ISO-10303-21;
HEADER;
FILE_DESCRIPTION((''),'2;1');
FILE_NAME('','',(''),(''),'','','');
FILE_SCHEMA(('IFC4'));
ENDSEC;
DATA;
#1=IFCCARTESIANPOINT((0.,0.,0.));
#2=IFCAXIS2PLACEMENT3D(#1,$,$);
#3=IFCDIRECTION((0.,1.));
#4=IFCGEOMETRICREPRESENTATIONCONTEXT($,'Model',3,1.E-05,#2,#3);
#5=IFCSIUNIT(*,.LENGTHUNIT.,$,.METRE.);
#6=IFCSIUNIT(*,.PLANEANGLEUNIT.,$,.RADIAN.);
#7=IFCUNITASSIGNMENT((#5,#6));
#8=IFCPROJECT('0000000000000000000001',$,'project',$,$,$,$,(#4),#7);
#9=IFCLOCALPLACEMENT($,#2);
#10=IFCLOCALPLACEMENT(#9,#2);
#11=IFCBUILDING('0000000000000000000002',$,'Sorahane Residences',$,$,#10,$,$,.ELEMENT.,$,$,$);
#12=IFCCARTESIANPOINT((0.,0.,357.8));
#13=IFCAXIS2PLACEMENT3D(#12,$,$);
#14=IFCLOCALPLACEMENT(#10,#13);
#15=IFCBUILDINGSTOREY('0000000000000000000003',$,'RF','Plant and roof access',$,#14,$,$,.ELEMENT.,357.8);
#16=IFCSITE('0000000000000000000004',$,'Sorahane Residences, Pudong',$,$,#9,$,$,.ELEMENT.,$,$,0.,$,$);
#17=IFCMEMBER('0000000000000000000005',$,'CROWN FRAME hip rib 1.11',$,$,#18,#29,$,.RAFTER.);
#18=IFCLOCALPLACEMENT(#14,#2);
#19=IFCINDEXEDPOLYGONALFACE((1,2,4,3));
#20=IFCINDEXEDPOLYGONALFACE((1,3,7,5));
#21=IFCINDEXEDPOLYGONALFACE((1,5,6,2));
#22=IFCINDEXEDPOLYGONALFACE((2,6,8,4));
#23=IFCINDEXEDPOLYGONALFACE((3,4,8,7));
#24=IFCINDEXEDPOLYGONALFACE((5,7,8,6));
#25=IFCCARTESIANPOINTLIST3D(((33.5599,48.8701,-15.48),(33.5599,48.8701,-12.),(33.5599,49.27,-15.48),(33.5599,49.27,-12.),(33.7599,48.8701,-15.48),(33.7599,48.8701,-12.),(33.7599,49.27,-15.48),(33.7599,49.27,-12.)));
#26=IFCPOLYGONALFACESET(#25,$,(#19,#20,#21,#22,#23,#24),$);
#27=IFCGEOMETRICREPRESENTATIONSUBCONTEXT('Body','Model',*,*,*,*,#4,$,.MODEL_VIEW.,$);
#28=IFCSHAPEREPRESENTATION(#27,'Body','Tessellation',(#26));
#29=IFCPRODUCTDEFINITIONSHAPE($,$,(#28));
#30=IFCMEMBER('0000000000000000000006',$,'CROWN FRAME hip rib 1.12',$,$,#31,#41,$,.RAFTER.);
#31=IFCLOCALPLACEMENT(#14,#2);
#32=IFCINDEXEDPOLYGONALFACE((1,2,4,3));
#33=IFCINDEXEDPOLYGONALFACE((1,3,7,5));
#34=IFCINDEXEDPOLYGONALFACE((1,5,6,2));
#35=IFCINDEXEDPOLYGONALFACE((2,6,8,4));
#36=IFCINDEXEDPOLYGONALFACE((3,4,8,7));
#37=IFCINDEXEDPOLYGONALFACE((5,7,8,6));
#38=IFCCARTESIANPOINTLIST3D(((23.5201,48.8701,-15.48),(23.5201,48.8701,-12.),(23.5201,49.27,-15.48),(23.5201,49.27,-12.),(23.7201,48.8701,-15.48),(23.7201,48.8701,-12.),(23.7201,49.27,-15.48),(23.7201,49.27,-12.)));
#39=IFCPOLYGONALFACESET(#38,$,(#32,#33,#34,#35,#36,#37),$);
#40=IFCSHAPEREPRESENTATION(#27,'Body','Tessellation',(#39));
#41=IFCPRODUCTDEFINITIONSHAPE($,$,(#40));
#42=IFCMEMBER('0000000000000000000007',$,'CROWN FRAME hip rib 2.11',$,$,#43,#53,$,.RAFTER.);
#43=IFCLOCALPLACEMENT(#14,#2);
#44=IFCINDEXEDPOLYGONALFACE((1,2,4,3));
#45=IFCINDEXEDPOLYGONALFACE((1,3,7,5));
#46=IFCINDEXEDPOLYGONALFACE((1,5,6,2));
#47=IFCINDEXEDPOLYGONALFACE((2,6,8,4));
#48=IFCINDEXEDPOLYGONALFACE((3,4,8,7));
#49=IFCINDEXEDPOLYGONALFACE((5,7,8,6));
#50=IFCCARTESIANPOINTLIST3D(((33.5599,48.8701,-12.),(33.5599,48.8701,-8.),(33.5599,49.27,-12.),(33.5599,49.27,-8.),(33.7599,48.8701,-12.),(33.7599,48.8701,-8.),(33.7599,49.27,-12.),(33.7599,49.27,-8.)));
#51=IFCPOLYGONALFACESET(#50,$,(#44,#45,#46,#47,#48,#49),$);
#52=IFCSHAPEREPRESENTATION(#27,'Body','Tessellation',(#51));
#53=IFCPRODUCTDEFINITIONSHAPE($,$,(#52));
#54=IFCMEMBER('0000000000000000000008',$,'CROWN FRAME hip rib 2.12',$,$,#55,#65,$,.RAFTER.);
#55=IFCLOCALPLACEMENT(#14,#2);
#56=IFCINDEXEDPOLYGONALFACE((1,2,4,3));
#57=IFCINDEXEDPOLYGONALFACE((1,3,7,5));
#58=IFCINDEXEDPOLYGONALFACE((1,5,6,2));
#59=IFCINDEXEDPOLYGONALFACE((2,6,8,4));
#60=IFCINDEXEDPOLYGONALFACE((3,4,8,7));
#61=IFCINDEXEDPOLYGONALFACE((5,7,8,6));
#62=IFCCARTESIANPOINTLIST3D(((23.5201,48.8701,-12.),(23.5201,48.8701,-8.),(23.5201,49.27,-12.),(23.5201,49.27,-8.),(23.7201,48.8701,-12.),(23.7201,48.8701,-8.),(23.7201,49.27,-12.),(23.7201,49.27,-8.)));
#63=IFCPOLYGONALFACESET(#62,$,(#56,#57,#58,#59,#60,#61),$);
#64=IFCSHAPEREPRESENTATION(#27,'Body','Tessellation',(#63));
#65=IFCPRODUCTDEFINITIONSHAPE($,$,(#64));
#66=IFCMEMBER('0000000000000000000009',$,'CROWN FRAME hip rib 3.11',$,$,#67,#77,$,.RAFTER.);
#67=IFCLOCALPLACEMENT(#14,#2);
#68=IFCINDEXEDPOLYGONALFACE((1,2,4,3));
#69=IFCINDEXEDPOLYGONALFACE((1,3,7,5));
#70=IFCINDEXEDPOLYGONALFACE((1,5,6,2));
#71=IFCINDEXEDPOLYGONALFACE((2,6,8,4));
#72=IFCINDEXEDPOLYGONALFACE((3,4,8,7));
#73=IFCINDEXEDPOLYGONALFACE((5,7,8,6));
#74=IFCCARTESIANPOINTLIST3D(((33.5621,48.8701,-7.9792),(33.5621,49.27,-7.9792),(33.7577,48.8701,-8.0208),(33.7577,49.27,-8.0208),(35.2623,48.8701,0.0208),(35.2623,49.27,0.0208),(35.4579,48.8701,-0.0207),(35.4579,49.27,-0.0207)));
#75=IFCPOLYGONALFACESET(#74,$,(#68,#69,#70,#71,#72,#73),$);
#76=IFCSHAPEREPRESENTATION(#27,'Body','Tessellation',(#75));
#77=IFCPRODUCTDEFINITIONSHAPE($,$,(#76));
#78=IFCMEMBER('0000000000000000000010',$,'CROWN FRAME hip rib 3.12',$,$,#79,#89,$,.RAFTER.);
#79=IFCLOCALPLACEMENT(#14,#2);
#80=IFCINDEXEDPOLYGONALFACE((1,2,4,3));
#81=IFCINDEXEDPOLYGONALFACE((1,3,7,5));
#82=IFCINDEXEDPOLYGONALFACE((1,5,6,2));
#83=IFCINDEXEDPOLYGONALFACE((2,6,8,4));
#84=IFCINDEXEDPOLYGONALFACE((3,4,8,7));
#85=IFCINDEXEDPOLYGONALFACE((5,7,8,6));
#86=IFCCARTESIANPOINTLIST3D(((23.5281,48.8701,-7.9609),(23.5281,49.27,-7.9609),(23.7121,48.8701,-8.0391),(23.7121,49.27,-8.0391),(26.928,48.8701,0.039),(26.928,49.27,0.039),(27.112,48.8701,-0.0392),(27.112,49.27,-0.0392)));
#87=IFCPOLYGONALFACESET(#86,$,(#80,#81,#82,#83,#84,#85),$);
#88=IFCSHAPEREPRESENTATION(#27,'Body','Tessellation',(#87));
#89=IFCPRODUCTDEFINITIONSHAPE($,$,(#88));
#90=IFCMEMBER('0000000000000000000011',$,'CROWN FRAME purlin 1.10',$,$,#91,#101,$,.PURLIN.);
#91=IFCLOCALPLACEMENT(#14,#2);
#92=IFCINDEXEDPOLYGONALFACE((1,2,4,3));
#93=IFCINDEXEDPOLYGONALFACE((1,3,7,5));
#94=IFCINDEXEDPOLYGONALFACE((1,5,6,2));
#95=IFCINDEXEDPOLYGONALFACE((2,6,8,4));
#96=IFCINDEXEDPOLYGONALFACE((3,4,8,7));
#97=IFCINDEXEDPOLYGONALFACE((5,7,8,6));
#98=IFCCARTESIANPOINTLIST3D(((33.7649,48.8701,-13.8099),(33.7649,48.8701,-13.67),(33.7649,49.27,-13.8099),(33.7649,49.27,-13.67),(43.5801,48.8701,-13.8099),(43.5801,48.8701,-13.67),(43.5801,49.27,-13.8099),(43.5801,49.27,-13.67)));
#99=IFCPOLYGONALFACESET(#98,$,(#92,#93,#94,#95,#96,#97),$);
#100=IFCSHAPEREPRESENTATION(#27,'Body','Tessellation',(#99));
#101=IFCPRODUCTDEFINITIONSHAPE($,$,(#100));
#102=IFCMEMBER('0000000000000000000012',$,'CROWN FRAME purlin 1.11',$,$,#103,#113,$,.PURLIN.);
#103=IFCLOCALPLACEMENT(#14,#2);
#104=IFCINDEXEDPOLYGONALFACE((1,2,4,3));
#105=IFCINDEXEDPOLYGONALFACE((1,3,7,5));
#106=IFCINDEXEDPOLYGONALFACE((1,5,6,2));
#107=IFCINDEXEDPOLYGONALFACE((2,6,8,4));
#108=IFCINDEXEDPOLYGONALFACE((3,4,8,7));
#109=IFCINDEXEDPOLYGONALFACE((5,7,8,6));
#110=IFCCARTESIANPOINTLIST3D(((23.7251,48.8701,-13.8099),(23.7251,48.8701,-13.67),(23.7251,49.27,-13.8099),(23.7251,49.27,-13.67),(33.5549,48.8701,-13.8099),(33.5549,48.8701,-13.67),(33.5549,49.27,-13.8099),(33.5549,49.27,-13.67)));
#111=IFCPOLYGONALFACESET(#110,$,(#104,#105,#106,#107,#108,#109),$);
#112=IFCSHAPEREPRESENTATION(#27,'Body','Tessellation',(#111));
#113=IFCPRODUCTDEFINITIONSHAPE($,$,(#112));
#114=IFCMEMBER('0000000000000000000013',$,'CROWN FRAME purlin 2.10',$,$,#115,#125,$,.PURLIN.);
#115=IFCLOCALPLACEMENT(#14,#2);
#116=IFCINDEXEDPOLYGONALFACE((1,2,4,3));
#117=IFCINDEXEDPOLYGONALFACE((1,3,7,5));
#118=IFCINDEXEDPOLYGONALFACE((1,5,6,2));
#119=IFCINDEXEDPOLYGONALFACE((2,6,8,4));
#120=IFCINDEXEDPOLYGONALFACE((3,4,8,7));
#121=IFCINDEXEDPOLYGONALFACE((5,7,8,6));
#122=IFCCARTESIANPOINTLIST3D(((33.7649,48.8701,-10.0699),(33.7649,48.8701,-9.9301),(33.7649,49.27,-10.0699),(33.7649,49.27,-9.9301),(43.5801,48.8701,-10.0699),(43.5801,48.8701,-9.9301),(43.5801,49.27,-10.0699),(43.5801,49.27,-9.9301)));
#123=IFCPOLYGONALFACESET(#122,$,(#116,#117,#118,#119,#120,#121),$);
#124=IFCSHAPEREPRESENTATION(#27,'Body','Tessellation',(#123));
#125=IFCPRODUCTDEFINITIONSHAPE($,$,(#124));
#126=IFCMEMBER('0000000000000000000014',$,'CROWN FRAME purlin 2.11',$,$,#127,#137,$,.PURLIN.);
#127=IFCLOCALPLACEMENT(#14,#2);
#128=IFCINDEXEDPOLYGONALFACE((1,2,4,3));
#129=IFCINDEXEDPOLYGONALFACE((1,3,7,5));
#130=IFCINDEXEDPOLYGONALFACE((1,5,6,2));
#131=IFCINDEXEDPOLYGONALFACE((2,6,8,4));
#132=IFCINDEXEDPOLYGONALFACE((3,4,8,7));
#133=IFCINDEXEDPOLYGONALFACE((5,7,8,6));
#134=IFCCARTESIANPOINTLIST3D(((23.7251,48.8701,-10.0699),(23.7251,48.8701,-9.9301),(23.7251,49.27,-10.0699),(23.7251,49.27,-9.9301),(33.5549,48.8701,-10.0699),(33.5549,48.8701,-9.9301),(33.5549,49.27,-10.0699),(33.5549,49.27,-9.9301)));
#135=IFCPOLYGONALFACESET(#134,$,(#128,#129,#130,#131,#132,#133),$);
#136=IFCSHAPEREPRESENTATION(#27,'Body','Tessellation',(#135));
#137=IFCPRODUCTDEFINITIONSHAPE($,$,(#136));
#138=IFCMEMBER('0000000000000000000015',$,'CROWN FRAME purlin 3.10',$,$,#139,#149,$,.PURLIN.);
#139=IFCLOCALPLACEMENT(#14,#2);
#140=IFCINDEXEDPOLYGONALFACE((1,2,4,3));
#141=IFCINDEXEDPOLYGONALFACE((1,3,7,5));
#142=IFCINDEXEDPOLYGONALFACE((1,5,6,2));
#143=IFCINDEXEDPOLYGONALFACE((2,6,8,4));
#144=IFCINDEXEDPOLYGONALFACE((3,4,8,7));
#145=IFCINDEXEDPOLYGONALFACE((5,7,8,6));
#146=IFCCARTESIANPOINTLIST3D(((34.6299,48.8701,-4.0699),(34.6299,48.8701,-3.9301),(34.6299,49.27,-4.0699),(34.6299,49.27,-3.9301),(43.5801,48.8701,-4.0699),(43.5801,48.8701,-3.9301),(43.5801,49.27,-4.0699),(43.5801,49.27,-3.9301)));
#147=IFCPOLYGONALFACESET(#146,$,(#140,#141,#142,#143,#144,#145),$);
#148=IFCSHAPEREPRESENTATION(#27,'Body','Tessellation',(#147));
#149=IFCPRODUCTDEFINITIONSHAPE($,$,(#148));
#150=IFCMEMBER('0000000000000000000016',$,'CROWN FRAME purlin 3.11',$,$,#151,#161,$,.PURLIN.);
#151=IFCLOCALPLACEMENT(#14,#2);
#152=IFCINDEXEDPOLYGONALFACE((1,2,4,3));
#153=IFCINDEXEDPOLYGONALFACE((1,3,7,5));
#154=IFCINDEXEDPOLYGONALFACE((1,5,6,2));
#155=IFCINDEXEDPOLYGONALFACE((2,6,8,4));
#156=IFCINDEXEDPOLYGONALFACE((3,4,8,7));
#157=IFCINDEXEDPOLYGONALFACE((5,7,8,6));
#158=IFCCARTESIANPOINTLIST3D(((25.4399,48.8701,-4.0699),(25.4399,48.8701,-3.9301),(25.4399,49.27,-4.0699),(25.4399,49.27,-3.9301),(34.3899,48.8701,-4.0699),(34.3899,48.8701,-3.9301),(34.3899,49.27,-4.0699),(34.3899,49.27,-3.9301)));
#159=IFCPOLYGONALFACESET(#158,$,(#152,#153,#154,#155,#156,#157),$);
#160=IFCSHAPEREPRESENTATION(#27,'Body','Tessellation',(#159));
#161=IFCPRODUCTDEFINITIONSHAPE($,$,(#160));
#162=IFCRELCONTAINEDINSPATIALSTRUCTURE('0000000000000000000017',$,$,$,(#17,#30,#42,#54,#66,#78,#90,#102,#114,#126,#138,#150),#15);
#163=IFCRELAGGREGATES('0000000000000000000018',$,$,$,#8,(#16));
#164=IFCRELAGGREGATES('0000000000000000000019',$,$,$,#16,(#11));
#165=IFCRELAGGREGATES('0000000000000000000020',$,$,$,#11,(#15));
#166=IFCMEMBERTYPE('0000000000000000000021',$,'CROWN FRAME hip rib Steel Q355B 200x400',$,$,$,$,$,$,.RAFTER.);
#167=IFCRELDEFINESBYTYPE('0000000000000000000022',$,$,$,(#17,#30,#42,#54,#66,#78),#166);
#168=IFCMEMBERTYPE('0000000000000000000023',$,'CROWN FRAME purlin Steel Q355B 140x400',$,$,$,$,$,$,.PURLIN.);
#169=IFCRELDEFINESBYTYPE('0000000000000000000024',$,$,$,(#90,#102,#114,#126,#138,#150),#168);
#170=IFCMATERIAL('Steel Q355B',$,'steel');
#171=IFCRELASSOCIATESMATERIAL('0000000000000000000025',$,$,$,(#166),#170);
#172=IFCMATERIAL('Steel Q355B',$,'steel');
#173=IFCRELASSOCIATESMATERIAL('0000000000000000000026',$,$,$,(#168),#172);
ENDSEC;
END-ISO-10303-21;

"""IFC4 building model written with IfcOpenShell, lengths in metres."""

from ifc_helpers import new_model, si_unit, direction, frame, origin, origin_2d, place, context, subcontext, project, spatial, rectangle, extrude, material, material_profile, profile_set, type_object, element, save


model = new_model("IFC4")

# Units and contexts
model_context = context("Model", 3, precision=1e-05, world=origin(), true_north=direction((0.0, 1.0)))
body_context = subcontext(model_context, "Body", "Model", "MODEL_VIEW")
ifc_project = project(units=[si_unit("LENGTHUNIT", "METRE"), si_unit("PLANEANGLEUNIT", "RADIAN")], contexts=[model_context])

# Site, building, storey
site_placement = place(None, origin())
site = spatial("IfcSite", under=ifc_project, at=site_placement, Name="Sorahane Residences, Pudong", CompositionType="ELEMENT", RefElevation=0.0)
building_placement = place(site_placement, origin())
building = spatial("IfcBuilding", under=site, at=building_placement, Name="Sorahane Residences", CompositionType="ELEMENT")
storey_placement = place(building_placement, frame((0.0, 0.0, 357.8)))
storey = spatial("IfcBuildingStorey", under=building, at=storey_placement, Name="RF", Description="Plant and roof access", CompositionType="ELEMENT", Elevation=357.8)

# Members
ifc_material_1 = material(Name="Steel Q355B", Category="steel")
ifc_material_profile_1 = material_profile(ifc_material_1, rectangle(XDim=0.2, YDim=0.3999, at=origin_2d()), Name="CROWN FRAME hip rib Steel Q355B 200x400")
ifc_profile_set_1 = profile_set([ifc_material_profile_1], Name="Steel Q355B")
member_type_1 = type_object("IfcMemberType", Name="CROWN FRAME hip rib Steel Q355B 200x400", PredefinedType="RAFTER", material=ifc_profile_set_1)
for number, where, z_axis, x_axis, name in (
    (1, (33.6599, 49.0701, -15.48), (0.0, 0.0, 1.0), (1.0, 0.0, 0.0), "CROWN FRAME hip rib 1.11"),
    (2, (23.6201, 49.0701, -15.48), (0.0, 0.0, 1.0), (1.0, 0.0, 0.0), "CROWN FRAME hip rib 1.12"),
):
    element("IfcMember", number, at=place(storey_placement, frame(where, z_axis=z_axis, x_axis=x_axis)), inside=storey, type_object=member_type_1, Name=name, PredefinedType="RAFTER", context=body_context, shape_type="SweptSolid", body=[
        extrude(rectangle(XDim=0.2, YDim=0.3999, at=origin_2d()), origin(), (0.0, 0.0, 1.0), 3.48),
    ])
for number, where, z_axis, x_axis, name in (
    (3, (33.6599, 49.0701, -12.0), (0.0, 0.0, 1.0), (1.0, 0.0, 0.0), "CROWN FRAME hip rib 2.11"),
    (4, (23.6201, 49.0701, -12.0), (0.0, 0.0, 1.0), (1.0, 0.0, 0.0), "CROWN FRAME hip rib 2.12"),
):
    element("IfcMember", number, at=place(storey_placement, frame(where, z_axis=z_axis, x_axis=x_axis)), inside=storey, type_object=member_type_1, Name=name, PredefinedType="RAFTER", context=body_context, shape_type="SweptSolid", body=[
        extrude(rectangle(XDim=0.2, YDim=0.3999, at=origin_2d()), origin(), (0.0, 0.0, 1.0), 4.0),
    ])
member_1_placement = place(storey_placement, frame((33.6599, 49.0701, -8.0), z_axis=(0.207882, 0.0, 0.978154), x_axis=(0.978154, 0.0, -0.207882)))
element("IfcMember", 5, at=member_1_placement, inside=storey, type_object=member_type_1, Name="CROWN FRAME hip rib 3.11", PredefinedType="RAFTER", context=body_context, shape_type="SweptSolid", body=[
    extrude(rectangle(XDim=0.2, YDim=0.3999, at=origin_2d()), origin(), (0.0, 0.0, 1.0), 8.1787),
])
member_2_placement = place(storey_placement, frame((23.6201, 49.0701, -8.0), z_axis=(0.391131, 0.0, 0.920335), x_axis=(0.920335, 0.0, -0.391131)))
element("IfcMember", 6, at=member_2_placement, inside=storey, type_object=member_type_1, Name="CROWN FRAME hip rib 3.12", PredefinedType="RAFTER", context=body_context, shape_type="SweptSolid", body=[
    extrude(rectangle(XDim=0.2, YDim=0.3999, at=origin_2d()), origin(), (0.0, 0.0, 1.0), 8.6924),
])
ifc_material_2 = material(Name="Steel Q355B", Category="steel")
ifc_material_profile_2 = material_profile(ifc_material_2, rectangle(XDim=0.1399, YDim=0.3999, at=origin_2d()), Name="CROWN FRAME purlin Steel Q355B 140x400")
ifc_profile_set_2 = profile_set([ifc_material_profile_2], Name="Steel Q355B")
member_type_2 = type_object("IfcMemberType", Name="CROWN FRAME purlin Steel Q355B 140x400", PredefinedType="PURLIN", material=ifc_profile_set_2)
member_3_placement = place(storey_placement, frame((33.7649, 49.0701, -13.74), z_axis=(1.0, 0.0, 0.0), x_axis=(0.0, 0.0, -1.0)))
element("IfcMember", 7, at=member_3_placement, inside=storey, type_object=member_type_2, Name="CROWN FRAME purlin 1.10", PredefinedType="PURLIN", context=body_context, shape_type="SweptSolid", body=[
    extrude(rectangle(XDim=0.1399, YDim=0.3999, at=origin_2d()), origin(), (0.0, 0.0, 1.0), 9.8152),
])
member_4_placement = place(storey_placement, frame((23.7251, 49.0701, -13.74), z_axis=(1.0, 0.0, 0.0), x_axis=(0.0, 0.0, -1.0)))
element("IfcMember", 8, at=member_4_placement, inside=storey, type_object=member_type_2, Name="CROWN FRAME purlin 1.11", PredefinedType="PURLIN", context=body_context, shape_type="SweptSolid", body=[
    extrude(rectangle(XDim=0.1399, YDim=0.3999, at=origin_2d()), origin(), (0.0, 0.0, 1.0), 9.8298),
])
member_5_placement = place(storey_placement, frame((33.7649, 49.0701, -10.0), z_axis=(1.0, 0.0, 0.0), x_axis=(0.0, 0.0, -1.0)))
element("IfcMember", 9, at=member_5_placement, inside=storey, type_object=member_type_2, Name="CROWN FRAME purlin 2.10", PredefinedType="PURLIN", context=body_context, shape_type="SweptSolid", body=[
    extrude(rectangle(XDim=0.1399, YDim=0.3999, at=origin_2d()), origin(), (0.0, 0.0, 1.0), 9.8152),
])
member_6_placement = place(storey_placement, frame((23.7251, 49.0701, -10.0), z_axis=(1.0, 0.0, 0.0), x_axis=(0.0, 0.0, -1.0)))
element("IfcMember", 10, at=member_6_placement, inside=storey, type_object=member_type_2, Name="CROWN FRAME purlin 2.11", PredefinedType="PURLIN", context=body_context, shape_type="SweptSolid", body=[
    extrude(rectangle(XDim=0.1399, YDim=0.3999, at=origin_2d()), origin(), (0.0, 0.0, 1.0), 9.8298),
])
member_7_placement = place(storey_placement, frame((34.6299, 49.0701, -4.0), z_axis=(1.0, 0.0, 0.0), x_axis=(0.0, 0.0, -1.0)))
element("IfcMember", 11, at=member_7_placement, inside=storey, type_object=member_type_2, Name="CROWN FRAME purlin 3.10", PredefinedType="PURLIN", context=body_context, shape_type="SweptSolid", body=[
    extrude(rectangle(XDim=0.1399, YDim=0.3999, at=origin_2d()), origin(), (0.0, 0.0, 1.0), 8.9502),
])
member_8_placement = place(storey_placement, frame((25.4399, 49.0701, -4.0), z_axis=(1.0, 0.0, 0.0), x_axis=(0.0, 0.0, -1.0)))
element("IfcMember", 12, at=member_8_placement, inside=storey, type_object=member_type_2, Name="CROWN FRAME purlin 3.11", PredefinedType="PURLIN", context=body_context, shape_type="SweptSolid", body=[
    extrude(rectangle(XDim=0.1399, YDim=0.3999, at=origin_2d()), origin(), (0.0, 0.0, 1.0), 8.95),
])

save(model, "model.ifc")
